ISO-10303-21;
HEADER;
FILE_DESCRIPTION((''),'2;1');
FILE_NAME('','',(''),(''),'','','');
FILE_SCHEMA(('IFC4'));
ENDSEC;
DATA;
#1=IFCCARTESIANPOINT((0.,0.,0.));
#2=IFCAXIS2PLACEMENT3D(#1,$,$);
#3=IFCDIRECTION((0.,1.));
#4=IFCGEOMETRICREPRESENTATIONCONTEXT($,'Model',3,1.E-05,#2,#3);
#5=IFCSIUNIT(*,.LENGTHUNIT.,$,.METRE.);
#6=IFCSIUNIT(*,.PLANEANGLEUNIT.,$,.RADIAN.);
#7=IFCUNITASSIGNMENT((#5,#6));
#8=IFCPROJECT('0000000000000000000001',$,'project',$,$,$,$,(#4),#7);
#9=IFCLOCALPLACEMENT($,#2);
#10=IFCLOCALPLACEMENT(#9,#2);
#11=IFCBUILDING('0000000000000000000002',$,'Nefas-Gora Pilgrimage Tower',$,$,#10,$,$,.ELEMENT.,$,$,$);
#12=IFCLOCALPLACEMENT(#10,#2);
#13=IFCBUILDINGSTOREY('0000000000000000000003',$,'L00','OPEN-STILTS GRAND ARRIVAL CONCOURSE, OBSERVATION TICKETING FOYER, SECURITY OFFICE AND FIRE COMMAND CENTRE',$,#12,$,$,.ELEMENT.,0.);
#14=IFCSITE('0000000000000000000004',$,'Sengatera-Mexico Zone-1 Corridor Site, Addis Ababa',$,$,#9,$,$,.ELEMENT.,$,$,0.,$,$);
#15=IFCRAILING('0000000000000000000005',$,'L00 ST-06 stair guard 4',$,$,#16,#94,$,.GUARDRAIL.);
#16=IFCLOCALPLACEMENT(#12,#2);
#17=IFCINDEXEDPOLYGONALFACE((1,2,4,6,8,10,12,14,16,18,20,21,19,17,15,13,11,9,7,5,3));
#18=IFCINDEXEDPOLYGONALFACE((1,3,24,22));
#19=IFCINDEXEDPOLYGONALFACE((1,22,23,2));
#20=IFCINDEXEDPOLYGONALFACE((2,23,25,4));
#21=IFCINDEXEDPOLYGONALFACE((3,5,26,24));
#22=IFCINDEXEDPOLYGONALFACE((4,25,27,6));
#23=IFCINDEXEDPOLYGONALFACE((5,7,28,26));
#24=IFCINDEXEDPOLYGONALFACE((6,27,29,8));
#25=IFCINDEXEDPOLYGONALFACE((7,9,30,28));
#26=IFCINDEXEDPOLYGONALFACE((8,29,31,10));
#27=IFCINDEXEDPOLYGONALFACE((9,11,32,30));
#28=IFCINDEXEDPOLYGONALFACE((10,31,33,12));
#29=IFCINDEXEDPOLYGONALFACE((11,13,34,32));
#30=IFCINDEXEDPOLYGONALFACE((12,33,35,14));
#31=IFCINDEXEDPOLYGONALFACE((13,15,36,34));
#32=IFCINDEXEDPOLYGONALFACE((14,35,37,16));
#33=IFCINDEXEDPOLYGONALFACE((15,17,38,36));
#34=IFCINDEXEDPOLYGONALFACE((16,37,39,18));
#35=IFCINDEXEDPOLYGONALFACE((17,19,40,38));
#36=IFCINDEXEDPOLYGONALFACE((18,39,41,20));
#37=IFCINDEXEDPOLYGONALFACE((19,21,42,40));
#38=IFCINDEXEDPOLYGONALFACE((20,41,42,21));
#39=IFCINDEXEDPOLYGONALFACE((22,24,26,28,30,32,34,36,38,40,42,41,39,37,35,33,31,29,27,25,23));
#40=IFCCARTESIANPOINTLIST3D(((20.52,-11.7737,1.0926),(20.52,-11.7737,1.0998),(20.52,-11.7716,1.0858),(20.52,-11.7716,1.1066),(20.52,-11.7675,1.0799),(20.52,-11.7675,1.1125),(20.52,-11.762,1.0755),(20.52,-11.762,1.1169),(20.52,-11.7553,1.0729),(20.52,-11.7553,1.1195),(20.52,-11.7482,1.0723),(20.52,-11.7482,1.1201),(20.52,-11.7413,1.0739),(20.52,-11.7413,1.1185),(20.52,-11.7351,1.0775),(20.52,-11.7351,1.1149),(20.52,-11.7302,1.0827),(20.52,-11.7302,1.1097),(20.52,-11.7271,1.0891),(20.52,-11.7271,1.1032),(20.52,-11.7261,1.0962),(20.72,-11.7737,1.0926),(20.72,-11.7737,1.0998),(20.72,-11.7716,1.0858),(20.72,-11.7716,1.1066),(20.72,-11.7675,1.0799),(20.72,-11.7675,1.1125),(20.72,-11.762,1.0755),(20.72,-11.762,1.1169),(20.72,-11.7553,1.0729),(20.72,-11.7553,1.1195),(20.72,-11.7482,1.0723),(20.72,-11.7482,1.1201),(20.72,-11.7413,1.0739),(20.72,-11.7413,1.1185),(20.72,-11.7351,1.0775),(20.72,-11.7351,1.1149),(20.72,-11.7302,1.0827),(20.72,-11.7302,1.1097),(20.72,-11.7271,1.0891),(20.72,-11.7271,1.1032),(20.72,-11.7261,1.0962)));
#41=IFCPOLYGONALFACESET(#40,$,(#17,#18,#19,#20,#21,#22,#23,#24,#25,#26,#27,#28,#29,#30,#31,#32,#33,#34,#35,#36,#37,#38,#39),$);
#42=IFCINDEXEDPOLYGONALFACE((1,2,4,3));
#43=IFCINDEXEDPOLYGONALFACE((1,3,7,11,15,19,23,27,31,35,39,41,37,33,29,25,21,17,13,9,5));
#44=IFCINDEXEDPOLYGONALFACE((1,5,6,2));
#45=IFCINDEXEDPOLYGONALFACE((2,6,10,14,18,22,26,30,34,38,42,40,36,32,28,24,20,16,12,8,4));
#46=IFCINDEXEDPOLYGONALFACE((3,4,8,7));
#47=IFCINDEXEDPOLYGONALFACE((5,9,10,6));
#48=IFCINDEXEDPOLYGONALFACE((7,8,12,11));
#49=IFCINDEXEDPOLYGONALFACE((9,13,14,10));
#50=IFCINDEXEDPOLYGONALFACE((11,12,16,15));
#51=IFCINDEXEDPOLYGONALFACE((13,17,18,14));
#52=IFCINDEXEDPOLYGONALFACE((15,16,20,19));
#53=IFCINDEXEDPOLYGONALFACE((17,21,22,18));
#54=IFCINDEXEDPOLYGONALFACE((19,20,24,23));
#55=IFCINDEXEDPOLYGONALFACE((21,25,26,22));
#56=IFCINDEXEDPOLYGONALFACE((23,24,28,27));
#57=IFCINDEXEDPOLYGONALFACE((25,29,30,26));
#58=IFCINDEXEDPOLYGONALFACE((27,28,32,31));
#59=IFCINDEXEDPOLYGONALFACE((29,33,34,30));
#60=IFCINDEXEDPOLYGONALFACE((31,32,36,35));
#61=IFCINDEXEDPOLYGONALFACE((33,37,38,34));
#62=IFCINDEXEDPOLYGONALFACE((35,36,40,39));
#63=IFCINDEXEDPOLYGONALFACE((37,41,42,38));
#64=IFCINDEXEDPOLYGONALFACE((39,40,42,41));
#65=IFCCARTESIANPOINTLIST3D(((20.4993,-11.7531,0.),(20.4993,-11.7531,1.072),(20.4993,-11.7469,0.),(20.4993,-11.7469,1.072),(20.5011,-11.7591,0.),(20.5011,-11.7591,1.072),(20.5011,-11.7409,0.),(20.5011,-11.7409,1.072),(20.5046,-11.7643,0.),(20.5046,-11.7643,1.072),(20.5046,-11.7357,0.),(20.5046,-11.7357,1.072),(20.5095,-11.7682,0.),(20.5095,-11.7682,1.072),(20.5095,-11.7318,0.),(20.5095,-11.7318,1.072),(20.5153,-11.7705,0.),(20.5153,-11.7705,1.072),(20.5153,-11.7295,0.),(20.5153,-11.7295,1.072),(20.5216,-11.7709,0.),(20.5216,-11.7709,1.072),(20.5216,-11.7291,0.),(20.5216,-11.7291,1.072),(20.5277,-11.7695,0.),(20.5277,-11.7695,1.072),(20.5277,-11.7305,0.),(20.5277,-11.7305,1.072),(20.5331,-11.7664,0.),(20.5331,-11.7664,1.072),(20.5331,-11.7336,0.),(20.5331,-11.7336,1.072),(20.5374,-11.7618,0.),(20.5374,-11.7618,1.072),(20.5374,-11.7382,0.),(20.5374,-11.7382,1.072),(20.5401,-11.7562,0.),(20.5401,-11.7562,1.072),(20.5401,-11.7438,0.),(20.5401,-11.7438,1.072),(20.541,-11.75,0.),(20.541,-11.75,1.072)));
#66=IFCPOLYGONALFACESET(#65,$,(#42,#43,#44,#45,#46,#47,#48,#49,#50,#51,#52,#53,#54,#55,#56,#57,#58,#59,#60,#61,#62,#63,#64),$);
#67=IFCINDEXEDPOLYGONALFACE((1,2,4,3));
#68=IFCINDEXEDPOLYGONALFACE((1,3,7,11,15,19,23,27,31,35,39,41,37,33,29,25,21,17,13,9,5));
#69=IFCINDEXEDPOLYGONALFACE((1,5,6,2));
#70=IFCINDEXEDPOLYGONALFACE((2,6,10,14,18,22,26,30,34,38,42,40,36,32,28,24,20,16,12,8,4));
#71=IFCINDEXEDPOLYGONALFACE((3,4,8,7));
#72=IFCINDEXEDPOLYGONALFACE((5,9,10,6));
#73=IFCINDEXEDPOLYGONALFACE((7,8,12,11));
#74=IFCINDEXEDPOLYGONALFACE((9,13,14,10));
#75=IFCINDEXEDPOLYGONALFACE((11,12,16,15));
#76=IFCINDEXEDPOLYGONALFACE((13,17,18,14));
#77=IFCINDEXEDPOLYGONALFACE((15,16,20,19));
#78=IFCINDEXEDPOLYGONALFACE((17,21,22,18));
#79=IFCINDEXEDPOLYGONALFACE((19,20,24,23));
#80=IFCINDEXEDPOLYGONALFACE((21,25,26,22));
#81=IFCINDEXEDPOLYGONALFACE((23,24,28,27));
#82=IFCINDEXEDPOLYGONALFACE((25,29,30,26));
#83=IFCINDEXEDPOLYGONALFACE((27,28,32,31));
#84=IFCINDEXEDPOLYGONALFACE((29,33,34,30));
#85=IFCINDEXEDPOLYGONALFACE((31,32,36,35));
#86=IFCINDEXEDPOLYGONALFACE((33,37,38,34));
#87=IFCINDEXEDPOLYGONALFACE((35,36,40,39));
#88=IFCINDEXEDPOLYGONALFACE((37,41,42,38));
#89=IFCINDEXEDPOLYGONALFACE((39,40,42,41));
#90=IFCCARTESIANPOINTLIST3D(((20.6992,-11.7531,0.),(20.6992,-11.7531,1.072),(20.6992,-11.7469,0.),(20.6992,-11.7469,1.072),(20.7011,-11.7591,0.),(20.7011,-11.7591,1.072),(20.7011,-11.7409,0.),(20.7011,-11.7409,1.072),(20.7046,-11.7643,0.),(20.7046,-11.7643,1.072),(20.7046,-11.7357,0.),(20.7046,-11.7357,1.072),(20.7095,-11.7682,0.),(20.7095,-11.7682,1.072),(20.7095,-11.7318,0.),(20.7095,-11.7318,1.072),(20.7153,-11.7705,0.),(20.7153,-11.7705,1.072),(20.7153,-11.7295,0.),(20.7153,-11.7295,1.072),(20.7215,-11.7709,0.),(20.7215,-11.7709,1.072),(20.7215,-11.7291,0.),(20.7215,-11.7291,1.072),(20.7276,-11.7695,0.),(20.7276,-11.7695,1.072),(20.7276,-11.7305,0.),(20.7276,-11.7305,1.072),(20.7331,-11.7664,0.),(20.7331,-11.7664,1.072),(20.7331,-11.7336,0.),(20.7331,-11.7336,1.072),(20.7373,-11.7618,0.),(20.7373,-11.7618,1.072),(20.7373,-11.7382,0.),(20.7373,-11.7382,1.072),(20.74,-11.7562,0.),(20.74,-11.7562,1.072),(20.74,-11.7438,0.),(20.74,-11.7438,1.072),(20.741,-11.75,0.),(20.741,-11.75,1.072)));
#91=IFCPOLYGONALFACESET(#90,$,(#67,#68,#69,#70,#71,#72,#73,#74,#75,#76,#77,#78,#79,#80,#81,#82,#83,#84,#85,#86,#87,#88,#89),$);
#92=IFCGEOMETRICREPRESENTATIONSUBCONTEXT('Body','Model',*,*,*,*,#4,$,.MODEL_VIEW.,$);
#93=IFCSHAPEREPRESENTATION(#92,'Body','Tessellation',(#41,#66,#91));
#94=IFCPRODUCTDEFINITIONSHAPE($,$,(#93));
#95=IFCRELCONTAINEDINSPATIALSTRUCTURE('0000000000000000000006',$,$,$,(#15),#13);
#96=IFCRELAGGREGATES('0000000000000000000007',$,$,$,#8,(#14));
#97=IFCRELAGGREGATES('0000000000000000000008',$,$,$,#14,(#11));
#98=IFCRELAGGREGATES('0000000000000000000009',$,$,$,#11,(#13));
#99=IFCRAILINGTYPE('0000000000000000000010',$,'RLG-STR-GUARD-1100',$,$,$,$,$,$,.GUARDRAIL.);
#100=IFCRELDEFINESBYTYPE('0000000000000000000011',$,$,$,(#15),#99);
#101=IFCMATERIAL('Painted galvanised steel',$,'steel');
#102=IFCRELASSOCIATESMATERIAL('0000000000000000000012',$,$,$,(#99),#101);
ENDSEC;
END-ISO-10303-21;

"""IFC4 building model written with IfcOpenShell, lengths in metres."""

from ifc_helpers import new_model, si_unit, direction, frame, origin, origin_2d, place, context, subcontext, project, spatial, circle, extrude, material, type_object, element, save


model = new_model("IFC4")

# Units and contexts
model_context = context("Model", 3, precision=1e-05, world=origin(), true_north=direction((0.0, 1.0)))
body_context = subcontext(model_context, "Body", "Model", "MODEL_VIEW")
ifc_project = project(units=[si_unit("LENGTHUNIT", "METRE"), si_unit("PLANEANGLEUNIT", "RADIAN")], contexts=[model_context])

# Site, building, storey
site_placement = place(None, origin())
site = spatial("IfcSite", under=ifc_project, at=site_placement, Name="Sengatera-Mexico Zone-1 Corridor Site, Addis Ababa", CompositionType="ELEMENT", RefElevation=0.0)
building_placement = place(site_placement, origin())
building = spatial("IfcBuilding", under=site, at=building_placement, Name="Nefas-Gora Pilgrimage Tower", CompositionType="ELEMENT")
storey_placement = place(building_placement, origin())
storey = spatial("IfcBuildingStorey", under=building, at=storey_placement, Name="L00", Description="OPEN-STILTS GRAND ARRIVAL CONCOURSE, OBSERVATION TICKETING FOYER, SECURITY OFFICE AND FIRE COMMAND CENTRE", CompositionType="ELEMENT", Elevation=0.0)

# Railing
ifc_material_1 = material(Name="Painted galvanised steel", Category="steel")
railing_type_1 = type_object("IfcRailingType", Name="RLG-STR-GUARD-1100", PredefinedType="GUARDRAIL", material=ifc_material_1)
railing_1_placement = place(storey_placement, frame((20.52, -11.75, 0.0)))
element("IfcRailing", 1, at=railing_1_placement, inside=storey, type_object=railing_type_1, Name="L00 ST-06 stair guard 4", PredefinedType="GUARDRAIL", context=body_context, shape_type="SweptSolid", body=[
    extrude(circle(Radius=0.0239, at=origin_2d()), frame((0.0, 0.0, 1.0962), z_axis=(1.0, 0.0, 0.0), x_axis=(0.0, 1.0, 0.0)), (0.0, 0.0, 1.0), 0.2),
    extrude(circle(Radius=0.021, at=origin_2d()), origin(), (0.0, 0.0, 1.0), 1.072),
    extrude(circle(Radius=0.021, at=origin_2d()), frame((0.2, 0.0, 0.0)), (0.0, 0.0, 1.0), 1.072),
])

save(model, "model.ifc")
